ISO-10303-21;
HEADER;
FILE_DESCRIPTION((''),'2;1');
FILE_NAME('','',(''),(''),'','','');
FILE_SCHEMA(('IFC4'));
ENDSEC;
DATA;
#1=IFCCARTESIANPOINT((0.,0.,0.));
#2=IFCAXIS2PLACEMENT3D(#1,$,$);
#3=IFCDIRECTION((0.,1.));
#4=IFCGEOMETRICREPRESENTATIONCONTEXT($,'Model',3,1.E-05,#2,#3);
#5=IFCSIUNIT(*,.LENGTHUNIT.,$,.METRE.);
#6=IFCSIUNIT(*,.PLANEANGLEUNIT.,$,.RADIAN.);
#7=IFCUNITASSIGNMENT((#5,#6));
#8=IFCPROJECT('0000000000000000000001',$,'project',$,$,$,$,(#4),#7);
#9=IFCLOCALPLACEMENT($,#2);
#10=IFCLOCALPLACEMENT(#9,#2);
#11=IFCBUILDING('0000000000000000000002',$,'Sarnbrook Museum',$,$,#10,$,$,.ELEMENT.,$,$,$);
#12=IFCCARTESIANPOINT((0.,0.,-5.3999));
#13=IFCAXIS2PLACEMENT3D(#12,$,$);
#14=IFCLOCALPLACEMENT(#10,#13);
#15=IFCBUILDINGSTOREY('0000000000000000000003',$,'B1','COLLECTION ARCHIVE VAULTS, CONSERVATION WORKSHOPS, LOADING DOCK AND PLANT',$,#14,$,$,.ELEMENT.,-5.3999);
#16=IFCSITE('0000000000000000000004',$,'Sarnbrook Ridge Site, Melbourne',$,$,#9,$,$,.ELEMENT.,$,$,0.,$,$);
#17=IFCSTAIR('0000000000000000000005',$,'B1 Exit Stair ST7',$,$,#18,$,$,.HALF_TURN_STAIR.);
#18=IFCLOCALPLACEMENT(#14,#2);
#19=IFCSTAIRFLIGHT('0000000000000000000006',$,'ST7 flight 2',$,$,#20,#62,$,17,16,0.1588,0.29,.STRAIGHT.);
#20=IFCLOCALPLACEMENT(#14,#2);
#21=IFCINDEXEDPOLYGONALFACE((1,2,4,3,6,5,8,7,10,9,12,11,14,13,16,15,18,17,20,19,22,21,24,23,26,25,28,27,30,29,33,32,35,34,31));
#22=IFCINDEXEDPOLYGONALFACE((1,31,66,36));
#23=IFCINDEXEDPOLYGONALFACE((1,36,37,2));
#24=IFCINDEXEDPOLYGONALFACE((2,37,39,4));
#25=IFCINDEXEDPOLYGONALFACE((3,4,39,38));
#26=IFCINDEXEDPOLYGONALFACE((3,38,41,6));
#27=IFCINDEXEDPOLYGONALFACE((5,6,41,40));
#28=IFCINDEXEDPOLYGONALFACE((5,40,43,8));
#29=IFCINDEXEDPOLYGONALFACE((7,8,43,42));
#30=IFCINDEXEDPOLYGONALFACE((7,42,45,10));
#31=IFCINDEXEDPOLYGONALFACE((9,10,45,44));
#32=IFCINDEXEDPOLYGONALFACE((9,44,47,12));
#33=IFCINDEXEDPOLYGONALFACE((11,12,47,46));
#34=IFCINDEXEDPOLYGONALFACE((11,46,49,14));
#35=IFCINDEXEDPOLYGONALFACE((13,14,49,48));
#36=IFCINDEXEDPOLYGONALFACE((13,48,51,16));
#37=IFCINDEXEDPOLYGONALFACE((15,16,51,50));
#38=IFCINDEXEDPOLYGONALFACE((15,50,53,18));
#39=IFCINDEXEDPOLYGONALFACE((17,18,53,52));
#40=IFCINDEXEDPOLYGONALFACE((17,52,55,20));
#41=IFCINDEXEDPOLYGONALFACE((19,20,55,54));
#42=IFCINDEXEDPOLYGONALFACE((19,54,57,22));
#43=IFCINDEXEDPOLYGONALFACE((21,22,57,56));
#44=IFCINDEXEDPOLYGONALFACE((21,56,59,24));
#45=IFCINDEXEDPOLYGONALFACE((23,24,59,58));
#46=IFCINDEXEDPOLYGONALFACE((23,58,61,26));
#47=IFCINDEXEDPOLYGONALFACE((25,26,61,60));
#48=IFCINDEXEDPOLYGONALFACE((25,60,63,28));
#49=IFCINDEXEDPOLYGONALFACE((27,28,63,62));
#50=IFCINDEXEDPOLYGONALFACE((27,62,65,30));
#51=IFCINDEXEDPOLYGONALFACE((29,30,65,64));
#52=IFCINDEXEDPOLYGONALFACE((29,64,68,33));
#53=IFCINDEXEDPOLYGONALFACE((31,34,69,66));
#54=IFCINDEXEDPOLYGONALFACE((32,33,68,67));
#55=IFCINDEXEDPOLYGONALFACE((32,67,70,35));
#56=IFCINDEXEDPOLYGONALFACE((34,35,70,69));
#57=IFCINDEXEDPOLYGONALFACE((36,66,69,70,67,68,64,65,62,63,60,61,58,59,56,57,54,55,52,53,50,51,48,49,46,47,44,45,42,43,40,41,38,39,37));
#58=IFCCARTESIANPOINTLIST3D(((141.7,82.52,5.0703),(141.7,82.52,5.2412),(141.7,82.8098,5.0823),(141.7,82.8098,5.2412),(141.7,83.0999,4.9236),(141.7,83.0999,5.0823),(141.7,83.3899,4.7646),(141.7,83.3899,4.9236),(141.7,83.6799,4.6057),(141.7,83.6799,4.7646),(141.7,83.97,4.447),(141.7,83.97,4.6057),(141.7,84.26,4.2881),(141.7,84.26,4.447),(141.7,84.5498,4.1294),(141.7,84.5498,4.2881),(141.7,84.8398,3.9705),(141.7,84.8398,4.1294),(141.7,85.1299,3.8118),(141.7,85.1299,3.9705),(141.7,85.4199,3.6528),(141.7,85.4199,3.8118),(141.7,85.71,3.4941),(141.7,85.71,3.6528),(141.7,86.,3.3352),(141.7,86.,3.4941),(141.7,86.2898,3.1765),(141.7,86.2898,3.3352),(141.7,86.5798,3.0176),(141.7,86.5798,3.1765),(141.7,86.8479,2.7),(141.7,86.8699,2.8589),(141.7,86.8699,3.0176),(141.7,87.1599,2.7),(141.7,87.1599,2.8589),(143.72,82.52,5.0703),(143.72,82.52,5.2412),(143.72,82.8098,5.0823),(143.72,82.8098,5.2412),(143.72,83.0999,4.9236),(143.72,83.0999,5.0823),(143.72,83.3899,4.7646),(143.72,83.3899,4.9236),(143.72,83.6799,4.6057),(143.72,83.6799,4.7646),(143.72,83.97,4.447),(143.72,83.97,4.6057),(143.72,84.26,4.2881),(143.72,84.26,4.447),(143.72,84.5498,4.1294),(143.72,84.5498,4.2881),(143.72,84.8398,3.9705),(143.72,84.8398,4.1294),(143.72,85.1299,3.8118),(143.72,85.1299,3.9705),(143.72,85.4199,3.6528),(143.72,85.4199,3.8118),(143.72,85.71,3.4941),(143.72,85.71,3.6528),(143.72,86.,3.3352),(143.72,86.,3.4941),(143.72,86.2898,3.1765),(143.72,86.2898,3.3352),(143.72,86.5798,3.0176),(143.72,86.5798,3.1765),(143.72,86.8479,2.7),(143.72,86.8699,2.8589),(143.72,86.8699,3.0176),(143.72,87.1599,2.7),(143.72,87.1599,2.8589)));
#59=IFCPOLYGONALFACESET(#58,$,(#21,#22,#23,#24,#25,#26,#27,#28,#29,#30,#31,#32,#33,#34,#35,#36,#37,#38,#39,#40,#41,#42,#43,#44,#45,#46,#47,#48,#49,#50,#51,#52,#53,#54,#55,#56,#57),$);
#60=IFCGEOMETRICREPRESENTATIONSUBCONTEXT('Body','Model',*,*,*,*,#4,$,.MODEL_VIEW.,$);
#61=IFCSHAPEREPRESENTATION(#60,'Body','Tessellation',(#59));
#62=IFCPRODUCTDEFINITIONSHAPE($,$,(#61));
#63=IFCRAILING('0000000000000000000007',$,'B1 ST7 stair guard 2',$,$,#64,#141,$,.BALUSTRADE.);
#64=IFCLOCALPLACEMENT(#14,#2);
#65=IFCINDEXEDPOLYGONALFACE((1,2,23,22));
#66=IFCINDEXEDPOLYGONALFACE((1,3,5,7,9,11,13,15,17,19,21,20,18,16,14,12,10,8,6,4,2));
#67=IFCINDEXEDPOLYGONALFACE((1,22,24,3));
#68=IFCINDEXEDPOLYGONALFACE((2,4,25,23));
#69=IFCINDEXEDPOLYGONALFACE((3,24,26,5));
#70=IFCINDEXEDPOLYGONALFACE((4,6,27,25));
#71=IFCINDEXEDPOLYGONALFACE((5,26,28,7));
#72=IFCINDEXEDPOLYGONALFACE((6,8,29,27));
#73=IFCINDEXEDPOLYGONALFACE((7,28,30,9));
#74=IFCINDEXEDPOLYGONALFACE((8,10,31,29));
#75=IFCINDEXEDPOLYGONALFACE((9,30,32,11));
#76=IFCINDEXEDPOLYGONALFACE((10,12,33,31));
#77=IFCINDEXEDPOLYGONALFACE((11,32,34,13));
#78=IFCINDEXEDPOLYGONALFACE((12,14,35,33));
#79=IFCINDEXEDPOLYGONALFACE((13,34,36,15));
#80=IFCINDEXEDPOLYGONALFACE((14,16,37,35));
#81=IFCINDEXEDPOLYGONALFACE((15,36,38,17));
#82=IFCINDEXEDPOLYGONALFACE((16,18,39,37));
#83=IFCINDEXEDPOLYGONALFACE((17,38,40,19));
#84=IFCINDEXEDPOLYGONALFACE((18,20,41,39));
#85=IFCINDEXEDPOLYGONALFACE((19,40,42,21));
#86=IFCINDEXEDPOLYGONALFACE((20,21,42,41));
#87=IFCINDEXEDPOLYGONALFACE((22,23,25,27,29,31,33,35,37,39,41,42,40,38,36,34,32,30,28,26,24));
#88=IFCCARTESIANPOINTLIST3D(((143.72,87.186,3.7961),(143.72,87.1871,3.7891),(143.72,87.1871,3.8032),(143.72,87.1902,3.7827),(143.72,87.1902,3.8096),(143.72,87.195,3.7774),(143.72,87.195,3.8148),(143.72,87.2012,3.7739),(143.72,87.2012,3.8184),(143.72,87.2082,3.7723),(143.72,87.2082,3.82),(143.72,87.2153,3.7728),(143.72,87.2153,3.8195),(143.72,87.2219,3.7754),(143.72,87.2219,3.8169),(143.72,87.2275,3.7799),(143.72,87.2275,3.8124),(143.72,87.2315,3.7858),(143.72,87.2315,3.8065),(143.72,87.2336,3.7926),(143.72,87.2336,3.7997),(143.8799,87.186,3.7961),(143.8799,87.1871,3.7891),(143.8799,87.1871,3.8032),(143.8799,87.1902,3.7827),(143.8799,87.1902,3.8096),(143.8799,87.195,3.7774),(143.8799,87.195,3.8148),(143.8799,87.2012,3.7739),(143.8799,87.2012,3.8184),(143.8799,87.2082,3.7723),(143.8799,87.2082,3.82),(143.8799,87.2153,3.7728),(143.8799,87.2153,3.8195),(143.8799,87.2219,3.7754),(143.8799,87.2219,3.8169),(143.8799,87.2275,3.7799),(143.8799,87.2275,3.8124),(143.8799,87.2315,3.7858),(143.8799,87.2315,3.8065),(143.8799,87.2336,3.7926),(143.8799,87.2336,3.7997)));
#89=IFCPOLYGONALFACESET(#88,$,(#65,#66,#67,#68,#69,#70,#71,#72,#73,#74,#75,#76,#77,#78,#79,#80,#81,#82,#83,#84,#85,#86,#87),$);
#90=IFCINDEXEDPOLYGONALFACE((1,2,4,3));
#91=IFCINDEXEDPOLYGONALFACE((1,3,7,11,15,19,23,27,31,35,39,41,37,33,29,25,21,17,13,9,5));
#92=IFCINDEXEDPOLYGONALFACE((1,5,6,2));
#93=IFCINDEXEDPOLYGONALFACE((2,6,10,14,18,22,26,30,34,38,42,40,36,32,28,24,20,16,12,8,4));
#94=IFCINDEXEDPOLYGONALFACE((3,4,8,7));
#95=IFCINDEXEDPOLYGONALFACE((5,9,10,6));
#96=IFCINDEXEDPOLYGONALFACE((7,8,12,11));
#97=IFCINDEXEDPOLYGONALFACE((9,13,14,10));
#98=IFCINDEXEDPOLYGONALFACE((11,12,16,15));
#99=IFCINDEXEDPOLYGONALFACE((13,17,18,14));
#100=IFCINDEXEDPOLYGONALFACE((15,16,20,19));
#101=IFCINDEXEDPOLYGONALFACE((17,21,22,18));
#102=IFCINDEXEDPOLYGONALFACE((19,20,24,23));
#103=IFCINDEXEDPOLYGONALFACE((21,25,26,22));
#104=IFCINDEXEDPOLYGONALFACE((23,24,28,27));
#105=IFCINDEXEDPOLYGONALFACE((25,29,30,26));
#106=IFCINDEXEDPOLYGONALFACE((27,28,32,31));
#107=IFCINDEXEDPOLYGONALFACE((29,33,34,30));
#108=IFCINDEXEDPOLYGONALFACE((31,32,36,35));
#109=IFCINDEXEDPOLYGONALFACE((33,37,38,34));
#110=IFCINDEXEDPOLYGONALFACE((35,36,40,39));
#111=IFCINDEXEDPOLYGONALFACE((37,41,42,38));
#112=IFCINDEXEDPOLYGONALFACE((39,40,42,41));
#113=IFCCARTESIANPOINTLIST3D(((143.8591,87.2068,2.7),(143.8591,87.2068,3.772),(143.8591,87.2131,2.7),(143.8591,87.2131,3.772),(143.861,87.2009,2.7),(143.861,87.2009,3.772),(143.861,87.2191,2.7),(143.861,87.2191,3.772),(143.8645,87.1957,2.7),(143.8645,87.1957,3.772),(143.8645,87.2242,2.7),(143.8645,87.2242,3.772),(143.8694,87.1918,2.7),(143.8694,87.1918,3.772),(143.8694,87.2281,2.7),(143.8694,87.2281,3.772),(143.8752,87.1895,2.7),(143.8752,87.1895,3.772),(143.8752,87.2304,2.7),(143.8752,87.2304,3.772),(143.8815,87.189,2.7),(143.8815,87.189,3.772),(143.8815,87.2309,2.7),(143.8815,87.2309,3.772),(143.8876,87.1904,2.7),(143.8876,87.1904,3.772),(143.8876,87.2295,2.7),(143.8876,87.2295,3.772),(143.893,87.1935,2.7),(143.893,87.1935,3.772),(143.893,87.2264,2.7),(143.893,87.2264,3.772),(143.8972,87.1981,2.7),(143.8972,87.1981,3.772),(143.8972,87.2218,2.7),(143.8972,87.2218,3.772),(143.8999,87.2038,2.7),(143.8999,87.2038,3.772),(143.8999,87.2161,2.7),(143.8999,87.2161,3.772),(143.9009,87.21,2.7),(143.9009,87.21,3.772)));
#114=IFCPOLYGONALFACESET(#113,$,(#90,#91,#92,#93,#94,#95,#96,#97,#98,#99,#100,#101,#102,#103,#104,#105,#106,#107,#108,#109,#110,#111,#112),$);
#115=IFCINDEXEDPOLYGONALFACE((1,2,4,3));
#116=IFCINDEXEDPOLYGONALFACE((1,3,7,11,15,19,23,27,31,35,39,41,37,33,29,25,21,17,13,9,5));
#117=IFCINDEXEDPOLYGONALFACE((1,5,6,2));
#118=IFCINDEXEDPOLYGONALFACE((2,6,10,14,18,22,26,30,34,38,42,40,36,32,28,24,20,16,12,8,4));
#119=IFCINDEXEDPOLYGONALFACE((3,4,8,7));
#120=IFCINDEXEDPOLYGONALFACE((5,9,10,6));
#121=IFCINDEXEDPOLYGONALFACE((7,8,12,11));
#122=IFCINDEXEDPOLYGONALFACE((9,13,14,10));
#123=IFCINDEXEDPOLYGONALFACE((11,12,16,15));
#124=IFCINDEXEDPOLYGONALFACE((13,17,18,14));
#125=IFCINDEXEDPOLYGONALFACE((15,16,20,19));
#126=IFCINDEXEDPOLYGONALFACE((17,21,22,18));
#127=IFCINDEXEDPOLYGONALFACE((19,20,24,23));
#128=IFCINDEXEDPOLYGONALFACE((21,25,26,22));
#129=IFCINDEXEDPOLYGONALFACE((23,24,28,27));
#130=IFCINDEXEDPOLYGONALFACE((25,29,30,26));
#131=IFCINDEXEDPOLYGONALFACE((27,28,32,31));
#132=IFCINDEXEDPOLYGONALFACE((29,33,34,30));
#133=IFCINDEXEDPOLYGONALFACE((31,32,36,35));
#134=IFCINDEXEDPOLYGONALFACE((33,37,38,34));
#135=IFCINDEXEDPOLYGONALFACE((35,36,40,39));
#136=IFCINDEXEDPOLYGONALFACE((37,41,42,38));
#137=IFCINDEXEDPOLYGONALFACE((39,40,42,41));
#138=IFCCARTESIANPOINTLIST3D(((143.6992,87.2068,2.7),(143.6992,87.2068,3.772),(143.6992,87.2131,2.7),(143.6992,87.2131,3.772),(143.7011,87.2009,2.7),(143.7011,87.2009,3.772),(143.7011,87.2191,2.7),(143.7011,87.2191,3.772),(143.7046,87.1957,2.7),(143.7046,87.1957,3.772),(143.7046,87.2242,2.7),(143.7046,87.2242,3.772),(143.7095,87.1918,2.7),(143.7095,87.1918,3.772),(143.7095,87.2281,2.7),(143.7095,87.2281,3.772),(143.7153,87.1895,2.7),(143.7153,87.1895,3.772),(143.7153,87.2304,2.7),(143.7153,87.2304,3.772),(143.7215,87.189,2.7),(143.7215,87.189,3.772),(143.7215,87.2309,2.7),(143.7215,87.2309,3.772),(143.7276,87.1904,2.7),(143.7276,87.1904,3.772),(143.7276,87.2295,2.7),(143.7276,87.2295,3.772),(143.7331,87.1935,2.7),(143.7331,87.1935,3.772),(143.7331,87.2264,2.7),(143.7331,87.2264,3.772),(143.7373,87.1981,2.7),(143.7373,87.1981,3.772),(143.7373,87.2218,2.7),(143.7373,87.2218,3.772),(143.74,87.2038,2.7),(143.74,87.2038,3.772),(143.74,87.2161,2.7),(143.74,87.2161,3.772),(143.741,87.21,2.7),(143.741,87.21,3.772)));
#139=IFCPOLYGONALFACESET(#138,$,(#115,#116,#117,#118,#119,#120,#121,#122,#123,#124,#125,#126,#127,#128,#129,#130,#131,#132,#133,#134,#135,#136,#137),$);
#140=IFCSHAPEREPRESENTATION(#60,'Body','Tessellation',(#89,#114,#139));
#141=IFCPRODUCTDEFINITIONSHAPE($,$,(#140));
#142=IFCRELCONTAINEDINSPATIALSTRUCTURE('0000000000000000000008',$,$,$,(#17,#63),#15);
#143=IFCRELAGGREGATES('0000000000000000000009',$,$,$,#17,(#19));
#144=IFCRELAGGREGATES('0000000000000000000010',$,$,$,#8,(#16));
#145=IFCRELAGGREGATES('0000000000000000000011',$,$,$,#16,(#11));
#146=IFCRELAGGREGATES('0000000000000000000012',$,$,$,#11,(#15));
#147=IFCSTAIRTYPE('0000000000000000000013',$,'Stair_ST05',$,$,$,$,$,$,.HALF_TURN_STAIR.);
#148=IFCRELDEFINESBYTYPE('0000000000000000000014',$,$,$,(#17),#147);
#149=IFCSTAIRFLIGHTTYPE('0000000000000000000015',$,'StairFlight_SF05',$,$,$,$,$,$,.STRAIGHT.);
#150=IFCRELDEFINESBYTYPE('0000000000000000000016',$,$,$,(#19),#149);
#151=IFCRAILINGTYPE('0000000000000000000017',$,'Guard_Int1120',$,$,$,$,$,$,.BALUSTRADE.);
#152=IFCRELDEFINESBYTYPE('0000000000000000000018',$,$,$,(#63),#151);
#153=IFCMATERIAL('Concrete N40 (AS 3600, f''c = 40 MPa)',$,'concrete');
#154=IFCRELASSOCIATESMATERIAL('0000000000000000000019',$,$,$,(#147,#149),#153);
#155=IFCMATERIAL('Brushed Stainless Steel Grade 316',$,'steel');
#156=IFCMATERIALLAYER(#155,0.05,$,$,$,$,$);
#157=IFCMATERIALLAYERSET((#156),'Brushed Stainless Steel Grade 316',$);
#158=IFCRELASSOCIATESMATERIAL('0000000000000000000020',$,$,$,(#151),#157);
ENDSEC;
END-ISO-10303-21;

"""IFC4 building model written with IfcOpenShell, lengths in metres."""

from ifc_helpers import new_model, si_unit, direction, frame, origin, origin_2d, place, context, subcontext, project, spatial, polyline, circle, outline, extrude, material, layer, layer_set, type_object, element, aggregate, save


model = new_model("IFC4")

# Units and contexts
model_context = context("Model", 3, precision=1e-05, world=origin(), true_north=direction((0.0, 1.0)))
body_context = subcontext(model_context, "Body", "Model", "MODEL_VIEW")
ifc_project = project(units=[si_unit("LENGTHUNIT", "METRE"), si_unit("PLANEANGLEUNIT", "RADIAN")], contexts=[model_context])

# Site, building, storey
site_placement = place(None, origin())
site = spatial("IfcSite", under=ifc_project, at=site_placement, Name="Sarnbrook Ridge Site, Melbourne", CompositionType="ELEMENT", RefElevation=0.0)
building_placement = place(site_placement, origin())
building = spatial("IfcBuilding", under=site, at=building_placement, Name="Sarnbrook Museum", CompositionType="ELEMENT")
storey_placement = place(building_placement, frame((0.0, 0.0, -5.3999)))
storey = spatial("IfcBuildingStorey", under=building, at=storey_placement, Name="B1", Description="COLLECTION ARCHIVE VAULTS, CONSERVATION WORKSHOPS, LOADING DOCK AND PLANT", CompositionType="ELEMENT", Elevation=-5.3999)

# Shared definitions
ifc_material_1 = material(Name="Concrete N40 (AS 3600, f'c = 40 MPa)", Category="concrete")

# Stair, stair flight
stair_type = type_object("IfcStairType", Name="Stair_ST05", PredefinedType="HALF_TURN_STAIR", material=ifc_material_1)
stair_placement = place(storey_placement, origin())
stair = element("IfcStair", 1, at=stair_placement, inside=storey, type_object=stair_type, Name="B1 Exit Stair ST7", PredefinedType="HALF_TURN_STAIR")
stair_flight_type = type_object("IfcStairFlightType", Name="StairFlight_SF05", PredefinedType="STRAIGHT", material=ifc_material_1)
stair_flight_placement = place(storey_placement, frame((142.71, 87.1599, 2.7), z_axis=(0.0, 0.0, 1.0), x_axis=(0.0, -1.0, 0.0)))
stair_flight = element("IfcStairFlight", 2, at=stair_flight_placement, type_object=stair_flight_type, Name="ST7 flight 2", NumberOfRisers=17, NumberOfTreads=16, PredefinedType="STRAIGHT", RiserHeight=0.1588, TreadLength=0.29, context=body_context, shape_type="SweptSolid", body=[
    extrude(outline(polyline([(0.0, 0.0), (0.0, 0.1589), (0.29, 0.1589), (0.29, 0.3176), (0.5801, 0.3176), (0.5801, 0.4766), (0.8701, 0.4766), (0.8701, 0.6353), (1.1599, 0.6353), (1.1599, 0.7942), (1.45, 0.7942), (1.45, 0.9529), (1.74, 0.9529), (1.74, 1.1118), (2.03, 1.1118), (2.03, 1.2705), (2.3201, 1.2705), (2.3201, 1.4294), (2.6101, 1.4294), (2.6101, 1.5881), (2.8999, 1.5881), (2.8999, 1.7471), (3.1899, 1.7471), (3.1899, 1.9058), (3.48, 1.9058), (3.48, 2.0647), (3.77, 2.0647), (3.77, 2.2236), (4.0601, 2.2236), (4.0601, 2.3823), (4.3501, 2.3823), (4.3501, 2.5413), (4.6399, 2.5413), (4.6399, 2.7), (4.6399, 2.3704), (0.312, 0.0), (0.0, 0.0)])), frame((0.0, 1.01, 0.0), z_axis=(0.0, -1.0, 0.0), x_axis=(1.0, 0.0, 0.0)), (0.0, 0.0, 1.0), 2.02),
])
aggregate(stair, [stair_flight])

# Railing
ifc_material_2 = material(Name="Brushed Stainless Steel Grade 316", Category="steel")
ifc_layer_1 = layer(ifc_material_2, 0.05)
ifc_layer_set_1 = layer_set([ifc_layer_1], Name="Brushed Stainless Steel Grade 316")
railing_type_1 = type_object("IfcRailingType", Name="Guard_Int1120", PredefinedType="BALUSTRADE", material=ifc_layer_set_1)
railing_1_placement = place(storey_placement, frame((143.8799, 87.21, 2.7)))
element("IfcRailing", 3, at=railing_1_placement, inside=storey, type_object=railing_type_1, Name="B1 ST7 stair guard 2", PredefinedType="BALUSTRADE", context=body_context, shape_type="SweptSolid", body=[
    extrude(circle(Radius=0.0239, at=origin_2d()), frame((0.0, 0.0, 1.0962), z_axis=(-1.0, 0.0, 0.0), x_axis=(0.0, -1.0, 0.0)), (0.0, 0.0, 1.0), 0.1599),
    extrude(circle(Radius=0.021, at=origin_2d()), origin(), (0.0, 0.0, 1.0), 1.072),
    extrude(circle(Radius=0.021, at=origin_2d()), frame((-0.1599, 0.0, 0.0)), (0.0, 0.0, 1.0), 1.072),
])

save(model, "model.ifc")
